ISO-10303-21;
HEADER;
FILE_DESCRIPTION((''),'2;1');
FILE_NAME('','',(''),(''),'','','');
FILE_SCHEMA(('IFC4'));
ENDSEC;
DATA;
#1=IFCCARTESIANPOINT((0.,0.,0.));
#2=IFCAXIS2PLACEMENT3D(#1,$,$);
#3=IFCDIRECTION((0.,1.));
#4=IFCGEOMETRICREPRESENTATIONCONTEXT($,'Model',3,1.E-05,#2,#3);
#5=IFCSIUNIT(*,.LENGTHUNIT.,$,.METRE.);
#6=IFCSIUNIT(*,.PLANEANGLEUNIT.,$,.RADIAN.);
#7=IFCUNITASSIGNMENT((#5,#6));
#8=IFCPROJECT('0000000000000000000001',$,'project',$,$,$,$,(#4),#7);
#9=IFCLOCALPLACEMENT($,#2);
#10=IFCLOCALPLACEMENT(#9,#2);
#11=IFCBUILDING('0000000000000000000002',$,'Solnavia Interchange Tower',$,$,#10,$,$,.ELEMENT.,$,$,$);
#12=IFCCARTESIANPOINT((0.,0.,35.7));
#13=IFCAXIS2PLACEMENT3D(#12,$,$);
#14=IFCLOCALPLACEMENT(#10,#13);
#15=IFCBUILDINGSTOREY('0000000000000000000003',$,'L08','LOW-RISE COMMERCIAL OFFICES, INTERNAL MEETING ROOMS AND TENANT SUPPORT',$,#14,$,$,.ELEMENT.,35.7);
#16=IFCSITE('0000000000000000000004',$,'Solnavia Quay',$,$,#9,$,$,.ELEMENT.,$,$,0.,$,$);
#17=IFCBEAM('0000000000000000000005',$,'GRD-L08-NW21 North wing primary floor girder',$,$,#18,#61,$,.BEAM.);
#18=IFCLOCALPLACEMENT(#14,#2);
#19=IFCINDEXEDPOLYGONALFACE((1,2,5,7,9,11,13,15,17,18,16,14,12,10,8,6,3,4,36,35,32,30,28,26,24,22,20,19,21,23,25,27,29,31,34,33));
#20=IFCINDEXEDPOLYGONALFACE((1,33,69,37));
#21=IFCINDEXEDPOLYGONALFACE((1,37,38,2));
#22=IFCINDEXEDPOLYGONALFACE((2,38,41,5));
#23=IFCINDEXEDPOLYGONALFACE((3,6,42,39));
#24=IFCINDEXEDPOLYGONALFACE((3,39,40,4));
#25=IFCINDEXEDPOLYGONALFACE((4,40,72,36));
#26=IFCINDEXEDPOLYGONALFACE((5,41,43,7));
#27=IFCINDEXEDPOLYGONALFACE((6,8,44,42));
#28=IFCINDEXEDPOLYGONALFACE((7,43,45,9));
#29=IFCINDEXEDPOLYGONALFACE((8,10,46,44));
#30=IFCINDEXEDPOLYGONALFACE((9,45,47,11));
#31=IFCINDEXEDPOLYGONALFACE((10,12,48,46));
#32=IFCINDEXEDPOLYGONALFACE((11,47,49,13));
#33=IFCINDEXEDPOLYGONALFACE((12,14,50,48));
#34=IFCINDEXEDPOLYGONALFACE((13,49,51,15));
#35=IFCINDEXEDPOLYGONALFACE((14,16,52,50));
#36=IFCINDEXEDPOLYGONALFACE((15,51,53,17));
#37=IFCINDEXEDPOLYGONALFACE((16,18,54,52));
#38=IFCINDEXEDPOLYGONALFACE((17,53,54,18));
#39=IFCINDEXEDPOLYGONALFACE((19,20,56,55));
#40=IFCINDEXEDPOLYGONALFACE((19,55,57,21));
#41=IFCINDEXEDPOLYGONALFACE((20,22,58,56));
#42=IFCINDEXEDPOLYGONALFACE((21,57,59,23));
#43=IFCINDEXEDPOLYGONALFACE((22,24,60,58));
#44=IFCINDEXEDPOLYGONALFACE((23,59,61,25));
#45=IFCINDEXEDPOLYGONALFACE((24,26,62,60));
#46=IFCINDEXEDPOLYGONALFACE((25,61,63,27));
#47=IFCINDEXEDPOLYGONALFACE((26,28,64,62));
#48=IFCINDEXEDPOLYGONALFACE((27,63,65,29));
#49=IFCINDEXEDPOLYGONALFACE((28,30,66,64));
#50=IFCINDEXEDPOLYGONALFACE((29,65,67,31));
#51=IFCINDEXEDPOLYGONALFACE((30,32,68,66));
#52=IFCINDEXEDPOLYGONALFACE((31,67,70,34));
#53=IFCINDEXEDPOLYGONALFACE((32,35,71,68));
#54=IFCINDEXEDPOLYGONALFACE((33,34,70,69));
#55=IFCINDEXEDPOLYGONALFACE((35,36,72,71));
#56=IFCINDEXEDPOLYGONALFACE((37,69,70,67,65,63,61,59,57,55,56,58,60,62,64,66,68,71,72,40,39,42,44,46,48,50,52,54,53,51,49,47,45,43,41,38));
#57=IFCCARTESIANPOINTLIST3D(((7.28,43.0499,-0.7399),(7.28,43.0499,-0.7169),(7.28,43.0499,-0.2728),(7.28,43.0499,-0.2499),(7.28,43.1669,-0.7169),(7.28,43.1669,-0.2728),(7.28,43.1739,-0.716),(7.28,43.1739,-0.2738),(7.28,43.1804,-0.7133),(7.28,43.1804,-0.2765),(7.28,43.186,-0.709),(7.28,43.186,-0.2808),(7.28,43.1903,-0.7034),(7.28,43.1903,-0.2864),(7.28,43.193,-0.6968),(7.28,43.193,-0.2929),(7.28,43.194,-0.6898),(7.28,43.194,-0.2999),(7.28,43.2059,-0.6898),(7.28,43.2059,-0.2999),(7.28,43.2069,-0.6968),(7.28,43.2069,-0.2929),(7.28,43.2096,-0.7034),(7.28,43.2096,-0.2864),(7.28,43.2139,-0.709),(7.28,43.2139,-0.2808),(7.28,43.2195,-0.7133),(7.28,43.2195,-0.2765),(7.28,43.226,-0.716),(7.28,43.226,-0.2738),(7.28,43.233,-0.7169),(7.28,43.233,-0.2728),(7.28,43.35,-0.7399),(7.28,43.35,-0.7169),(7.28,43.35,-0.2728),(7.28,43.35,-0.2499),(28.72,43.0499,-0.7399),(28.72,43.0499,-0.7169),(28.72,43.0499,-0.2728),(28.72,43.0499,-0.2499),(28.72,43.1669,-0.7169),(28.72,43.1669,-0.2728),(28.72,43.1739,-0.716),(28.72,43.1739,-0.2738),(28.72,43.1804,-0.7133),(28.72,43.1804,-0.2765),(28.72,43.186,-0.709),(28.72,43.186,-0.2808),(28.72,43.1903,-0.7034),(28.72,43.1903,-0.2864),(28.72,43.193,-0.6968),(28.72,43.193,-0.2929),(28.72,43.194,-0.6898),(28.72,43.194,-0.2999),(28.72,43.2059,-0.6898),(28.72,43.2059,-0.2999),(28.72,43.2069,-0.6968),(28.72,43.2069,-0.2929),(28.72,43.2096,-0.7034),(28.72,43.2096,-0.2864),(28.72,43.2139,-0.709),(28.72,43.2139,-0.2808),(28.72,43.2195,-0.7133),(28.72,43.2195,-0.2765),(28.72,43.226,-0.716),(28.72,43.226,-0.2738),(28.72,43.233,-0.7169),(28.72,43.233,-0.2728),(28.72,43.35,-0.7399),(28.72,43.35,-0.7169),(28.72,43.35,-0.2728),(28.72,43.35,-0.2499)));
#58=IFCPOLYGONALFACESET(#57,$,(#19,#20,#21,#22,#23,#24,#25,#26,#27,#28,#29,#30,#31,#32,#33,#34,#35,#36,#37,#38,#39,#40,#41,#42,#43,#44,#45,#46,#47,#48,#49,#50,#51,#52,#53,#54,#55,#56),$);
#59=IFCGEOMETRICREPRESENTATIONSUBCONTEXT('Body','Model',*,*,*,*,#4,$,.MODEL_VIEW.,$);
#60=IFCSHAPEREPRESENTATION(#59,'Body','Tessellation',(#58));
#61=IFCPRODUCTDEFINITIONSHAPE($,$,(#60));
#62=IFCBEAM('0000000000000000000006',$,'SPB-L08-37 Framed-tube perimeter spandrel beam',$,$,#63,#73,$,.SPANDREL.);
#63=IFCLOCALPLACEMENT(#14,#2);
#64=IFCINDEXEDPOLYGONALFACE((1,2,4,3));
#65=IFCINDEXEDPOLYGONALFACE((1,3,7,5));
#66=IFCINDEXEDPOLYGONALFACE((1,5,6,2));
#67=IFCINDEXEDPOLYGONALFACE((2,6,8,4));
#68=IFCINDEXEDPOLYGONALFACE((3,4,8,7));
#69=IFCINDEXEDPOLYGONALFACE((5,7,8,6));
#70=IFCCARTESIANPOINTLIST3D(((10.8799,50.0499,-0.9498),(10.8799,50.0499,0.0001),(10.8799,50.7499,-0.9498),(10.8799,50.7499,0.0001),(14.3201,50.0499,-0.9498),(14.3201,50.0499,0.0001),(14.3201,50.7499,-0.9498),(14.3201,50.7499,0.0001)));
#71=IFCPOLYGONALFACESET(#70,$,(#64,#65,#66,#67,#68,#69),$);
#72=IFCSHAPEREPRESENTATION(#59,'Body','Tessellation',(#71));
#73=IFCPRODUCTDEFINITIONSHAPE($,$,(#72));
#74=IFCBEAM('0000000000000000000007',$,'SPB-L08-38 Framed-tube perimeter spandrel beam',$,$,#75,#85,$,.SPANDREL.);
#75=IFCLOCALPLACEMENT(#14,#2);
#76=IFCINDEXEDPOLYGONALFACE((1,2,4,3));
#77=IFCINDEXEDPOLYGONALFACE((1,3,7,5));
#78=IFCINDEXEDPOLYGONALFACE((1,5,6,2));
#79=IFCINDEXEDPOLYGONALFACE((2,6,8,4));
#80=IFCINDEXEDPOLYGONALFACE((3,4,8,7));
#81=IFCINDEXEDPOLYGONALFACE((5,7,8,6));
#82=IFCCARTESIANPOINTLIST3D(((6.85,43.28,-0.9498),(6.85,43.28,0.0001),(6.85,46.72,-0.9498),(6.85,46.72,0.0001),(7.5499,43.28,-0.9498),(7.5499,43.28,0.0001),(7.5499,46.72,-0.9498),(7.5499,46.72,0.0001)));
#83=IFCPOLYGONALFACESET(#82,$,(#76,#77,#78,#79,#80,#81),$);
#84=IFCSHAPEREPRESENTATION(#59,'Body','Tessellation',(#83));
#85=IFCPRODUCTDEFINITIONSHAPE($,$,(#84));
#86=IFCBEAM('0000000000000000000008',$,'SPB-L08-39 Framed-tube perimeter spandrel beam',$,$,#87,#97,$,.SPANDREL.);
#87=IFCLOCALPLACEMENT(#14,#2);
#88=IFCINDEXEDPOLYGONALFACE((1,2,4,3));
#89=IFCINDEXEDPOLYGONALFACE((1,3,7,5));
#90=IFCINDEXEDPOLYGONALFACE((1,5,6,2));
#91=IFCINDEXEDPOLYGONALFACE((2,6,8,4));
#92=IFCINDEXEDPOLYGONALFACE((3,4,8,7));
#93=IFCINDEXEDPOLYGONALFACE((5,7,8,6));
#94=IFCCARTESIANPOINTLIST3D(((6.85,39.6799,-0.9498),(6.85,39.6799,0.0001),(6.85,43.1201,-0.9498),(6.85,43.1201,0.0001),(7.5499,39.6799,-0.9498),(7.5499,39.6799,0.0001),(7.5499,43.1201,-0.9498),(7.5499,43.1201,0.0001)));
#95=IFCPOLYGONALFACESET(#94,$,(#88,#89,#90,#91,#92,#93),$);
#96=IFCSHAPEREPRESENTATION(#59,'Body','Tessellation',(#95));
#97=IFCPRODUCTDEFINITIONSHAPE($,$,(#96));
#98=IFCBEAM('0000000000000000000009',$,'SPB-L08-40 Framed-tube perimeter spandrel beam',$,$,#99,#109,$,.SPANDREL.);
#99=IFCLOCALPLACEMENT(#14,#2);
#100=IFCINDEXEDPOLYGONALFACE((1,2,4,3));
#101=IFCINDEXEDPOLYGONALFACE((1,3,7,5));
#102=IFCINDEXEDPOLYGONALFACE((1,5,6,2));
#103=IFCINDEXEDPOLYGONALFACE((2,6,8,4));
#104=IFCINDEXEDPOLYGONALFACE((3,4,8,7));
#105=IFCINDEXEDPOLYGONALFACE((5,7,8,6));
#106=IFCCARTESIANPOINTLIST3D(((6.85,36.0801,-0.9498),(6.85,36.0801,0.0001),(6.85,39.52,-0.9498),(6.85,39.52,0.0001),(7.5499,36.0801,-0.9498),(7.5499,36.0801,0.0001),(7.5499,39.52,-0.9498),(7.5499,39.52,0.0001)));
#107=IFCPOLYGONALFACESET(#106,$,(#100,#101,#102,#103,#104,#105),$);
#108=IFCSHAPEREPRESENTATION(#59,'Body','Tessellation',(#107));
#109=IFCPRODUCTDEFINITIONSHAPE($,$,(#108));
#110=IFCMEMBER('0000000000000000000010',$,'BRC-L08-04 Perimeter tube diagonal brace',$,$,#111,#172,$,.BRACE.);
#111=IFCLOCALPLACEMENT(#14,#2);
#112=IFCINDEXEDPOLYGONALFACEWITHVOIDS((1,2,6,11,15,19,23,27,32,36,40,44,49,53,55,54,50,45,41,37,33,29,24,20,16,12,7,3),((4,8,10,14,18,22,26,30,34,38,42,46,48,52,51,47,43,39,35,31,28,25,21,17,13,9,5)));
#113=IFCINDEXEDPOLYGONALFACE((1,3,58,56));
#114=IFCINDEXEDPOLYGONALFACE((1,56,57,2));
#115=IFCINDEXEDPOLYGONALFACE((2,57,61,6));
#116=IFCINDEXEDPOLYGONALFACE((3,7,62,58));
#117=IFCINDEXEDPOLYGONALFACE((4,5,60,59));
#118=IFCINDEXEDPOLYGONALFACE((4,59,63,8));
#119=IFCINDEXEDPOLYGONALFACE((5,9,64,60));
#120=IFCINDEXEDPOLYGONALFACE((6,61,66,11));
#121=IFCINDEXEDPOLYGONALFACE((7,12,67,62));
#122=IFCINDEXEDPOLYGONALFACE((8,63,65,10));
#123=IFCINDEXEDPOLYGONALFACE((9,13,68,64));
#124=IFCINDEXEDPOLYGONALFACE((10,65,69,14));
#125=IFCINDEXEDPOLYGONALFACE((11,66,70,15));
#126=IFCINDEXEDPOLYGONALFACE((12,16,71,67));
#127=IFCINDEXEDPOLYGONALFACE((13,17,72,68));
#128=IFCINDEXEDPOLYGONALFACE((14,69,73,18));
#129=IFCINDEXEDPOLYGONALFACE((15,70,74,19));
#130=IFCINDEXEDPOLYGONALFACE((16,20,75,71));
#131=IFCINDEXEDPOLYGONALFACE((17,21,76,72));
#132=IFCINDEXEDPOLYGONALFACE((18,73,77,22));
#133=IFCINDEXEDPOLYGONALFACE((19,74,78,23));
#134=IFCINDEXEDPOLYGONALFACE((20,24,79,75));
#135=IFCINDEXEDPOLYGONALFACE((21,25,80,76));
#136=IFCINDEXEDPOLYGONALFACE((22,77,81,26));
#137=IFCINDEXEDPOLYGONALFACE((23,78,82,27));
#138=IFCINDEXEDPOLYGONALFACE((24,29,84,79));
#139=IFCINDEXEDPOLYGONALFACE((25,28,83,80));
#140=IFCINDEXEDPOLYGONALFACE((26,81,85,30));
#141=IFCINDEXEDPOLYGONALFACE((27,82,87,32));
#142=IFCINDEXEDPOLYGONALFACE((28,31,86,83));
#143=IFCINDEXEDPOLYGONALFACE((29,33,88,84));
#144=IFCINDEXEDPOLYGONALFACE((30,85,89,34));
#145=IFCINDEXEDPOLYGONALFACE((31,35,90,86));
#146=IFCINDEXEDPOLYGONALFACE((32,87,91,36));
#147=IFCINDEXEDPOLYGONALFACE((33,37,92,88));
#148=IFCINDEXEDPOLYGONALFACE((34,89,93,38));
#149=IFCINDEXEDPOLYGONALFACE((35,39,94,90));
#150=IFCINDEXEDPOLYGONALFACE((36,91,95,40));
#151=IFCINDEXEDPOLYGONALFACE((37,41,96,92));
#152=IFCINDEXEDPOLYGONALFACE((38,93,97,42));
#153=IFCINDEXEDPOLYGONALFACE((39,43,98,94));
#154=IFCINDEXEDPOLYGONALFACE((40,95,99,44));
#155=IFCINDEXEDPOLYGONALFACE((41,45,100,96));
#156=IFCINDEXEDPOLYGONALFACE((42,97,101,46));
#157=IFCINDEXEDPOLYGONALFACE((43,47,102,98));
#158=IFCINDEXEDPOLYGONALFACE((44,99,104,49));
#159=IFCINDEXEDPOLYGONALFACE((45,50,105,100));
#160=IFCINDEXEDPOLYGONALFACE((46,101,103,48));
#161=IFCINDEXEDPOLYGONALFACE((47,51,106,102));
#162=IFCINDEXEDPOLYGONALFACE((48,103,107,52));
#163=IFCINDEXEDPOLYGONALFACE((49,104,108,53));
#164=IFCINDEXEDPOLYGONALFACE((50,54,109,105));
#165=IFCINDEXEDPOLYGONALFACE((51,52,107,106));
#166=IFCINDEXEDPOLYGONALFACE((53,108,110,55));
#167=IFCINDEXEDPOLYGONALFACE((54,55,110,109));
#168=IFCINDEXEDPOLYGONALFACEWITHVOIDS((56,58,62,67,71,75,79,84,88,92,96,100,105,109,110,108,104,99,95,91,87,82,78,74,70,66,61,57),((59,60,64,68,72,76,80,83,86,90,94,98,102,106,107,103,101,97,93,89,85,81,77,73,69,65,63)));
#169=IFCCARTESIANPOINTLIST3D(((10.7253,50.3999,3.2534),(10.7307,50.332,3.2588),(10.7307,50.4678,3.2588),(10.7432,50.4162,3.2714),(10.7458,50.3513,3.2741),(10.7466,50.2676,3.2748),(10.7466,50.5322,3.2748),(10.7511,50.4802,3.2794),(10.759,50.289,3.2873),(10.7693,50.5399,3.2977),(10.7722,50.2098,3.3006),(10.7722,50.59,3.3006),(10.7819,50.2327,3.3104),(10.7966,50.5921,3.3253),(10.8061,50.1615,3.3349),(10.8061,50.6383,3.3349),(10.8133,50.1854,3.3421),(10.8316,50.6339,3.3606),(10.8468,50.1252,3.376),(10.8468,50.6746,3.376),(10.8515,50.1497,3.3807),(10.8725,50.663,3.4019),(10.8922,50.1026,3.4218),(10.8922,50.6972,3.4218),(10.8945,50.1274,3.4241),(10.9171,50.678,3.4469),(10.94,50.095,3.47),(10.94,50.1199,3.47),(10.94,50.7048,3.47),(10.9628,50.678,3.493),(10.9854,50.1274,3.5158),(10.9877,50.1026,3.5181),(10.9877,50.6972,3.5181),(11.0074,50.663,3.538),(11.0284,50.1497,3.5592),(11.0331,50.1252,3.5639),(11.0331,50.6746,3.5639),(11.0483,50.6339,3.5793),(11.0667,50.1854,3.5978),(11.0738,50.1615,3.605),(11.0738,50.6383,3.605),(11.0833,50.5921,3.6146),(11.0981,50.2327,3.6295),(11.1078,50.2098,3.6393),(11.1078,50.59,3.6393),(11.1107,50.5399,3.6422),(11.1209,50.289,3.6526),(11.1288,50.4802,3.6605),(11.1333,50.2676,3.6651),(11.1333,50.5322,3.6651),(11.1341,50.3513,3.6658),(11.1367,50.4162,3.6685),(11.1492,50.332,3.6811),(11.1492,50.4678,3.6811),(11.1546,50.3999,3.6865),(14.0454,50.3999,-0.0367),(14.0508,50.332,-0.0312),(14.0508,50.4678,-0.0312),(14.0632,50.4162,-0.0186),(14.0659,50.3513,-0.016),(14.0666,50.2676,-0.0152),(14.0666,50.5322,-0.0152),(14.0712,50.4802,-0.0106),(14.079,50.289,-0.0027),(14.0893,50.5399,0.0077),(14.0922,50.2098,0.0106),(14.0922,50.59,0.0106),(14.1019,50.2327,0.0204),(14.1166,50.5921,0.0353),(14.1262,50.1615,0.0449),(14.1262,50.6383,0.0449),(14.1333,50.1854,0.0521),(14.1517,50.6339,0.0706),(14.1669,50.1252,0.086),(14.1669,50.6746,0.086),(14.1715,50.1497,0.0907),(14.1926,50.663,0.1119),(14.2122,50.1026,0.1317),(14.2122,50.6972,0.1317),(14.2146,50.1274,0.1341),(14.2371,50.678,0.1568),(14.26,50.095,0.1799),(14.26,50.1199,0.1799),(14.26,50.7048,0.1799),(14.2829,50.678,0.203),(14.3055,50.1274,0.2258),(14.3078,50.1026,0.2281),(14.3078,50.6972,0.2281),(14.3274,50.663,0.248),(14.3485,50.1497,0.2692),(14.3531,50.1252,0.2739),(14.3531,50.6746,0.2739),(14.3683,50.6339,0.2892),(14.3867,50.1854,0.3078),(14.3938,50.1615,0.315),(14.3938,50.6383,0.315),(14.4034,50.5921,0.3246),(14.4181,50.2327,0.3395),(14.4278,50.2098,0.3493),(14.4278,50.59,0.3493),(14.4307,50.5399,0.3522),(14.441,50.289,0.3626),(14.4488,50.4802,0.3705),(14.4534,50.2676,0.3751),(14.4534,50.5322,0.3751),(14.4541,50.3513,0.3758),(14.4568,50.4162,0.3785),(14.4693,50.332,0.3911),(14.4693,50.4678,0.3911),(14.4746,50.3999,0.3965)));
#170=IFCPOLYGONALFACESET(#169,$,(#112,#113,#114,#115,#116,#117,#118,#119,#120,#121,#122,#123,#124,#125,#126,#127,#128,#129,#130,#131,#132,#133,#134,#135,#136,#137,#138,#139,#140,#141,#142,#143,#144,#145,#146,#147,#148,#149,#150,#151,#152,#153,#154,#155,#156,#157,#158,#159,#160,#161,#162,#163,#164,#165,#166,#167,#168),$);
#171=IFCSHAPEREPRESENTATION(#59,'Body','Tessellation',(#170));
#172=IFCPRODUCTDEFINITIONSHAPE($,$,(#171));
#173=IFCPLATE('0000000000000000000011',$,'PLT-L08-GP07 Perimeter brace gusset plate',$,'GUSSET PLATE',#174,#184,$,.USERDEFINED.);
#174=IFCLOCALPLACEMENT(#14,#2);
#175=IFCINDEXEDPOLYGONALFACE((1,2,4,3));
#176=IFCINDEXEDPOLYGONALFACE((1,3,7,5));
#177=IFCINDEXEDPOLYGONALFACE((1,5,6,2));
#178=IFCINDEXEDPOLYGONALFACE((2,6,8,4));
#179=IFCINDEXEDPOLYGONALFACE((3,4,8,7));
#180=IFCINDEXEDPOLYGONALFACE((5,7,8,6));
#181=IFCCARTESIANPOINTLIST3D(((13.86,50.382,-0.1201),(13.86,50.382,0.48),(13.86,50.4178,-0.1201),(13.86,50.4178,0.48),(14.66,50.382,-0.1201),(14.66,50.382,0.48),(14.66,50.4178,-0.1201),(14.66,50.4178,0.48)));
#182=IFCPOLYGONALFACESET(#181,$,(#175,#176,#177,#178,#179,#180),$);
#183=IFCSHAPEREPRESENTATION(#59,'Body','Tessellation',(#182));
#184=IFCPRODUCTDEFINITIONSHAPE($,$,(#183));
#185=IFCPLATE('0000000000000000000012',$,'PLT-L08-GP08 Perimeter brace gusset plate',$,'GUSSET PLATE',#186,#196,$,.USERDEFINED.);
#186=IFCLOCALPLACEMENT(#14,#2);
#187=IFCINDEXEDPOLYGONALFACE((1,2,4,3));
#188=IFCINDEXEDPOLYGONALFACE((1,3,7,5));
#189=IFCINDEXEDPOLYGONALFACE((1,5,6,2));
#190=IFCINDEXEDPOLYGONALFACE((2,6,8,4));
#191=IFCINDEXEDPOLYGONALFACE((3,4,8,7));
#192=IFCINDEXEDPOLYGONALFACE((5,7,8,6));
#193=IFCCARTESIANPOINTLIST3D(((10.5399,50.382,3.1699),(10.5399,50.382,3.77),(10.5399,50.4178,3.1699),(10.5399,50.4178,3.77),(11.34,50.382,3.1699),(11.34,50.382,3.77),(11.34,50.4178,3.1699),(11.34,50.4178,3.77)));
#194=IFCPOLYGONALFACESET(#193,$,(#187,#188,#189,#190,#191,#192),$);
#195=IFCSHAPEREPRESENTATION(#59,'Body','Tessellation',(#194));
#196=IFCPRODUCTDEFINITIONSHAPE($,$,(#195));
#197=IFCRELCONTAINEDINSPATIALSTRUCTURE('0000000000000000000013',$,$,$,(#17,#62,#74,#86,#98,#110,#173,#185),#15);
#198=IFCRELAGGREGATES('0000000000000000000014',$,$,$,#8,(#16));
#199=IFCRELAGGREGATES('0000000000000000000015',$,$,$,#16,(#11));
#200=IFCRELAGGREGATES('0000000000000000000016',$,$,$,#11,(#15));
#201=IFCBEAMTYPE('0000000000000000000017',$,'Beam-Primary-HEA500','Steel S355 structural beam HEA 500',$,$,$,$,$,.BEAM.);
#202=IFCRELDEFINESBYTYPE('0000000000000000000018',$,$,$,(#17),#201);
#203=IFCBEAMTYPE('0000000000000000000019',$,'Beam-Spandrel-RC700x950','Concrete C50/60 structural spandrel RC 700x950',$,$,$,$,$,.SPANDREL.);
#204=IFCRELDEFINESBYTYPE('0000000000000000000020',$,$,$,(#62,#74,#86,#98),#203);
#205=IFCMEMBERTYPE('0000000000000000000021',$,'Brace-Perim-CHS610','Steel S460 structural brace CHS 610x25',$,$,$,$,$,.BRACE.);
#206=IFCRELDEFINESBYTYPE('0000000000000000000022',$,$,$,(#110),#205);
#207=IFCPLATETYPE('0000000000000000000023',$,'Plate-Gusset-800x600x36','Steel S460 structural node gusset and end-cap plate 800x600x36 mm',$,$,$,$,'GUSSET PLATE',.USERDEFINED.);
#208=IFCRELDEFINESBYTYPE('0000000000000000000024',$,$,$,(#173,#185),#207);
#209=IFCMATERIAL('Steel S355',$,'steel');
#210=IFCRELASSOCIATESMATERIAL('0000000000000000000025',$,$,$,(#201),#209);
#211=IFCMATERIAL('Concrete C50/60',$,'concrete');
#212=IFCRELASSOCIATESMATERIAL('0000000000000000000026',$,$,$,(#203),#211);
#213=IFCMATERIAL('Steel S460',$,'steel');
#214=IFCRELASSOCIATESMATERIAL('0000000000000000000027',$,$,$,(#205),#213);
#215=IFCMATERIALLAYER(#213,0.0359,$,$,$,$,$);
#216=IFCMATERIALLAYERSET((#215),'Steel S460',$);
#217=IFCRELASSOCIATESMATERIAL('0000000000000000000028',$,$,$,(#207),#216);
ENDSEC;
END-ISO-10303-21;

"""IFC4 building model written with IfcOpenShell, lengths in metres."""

from ifc_helpers import new_model, si_unit, direction, frame, origin, origin_2d, place, context, subcontext, project, spatial, rectangle, hollow_circle, i_section, extrude, material, layer, layer_set, material_profile, profile_set, type_object, element, save


model = new_model("IFC4")

# Units and contexts
model_context = context("Model", 3, precision=1e-05, world=origin(), true_north=direction((0.0, 1.0)))
body_context = subcontext(model_context, "Body", "Model", "MODEL_VIEW")
ifc_project = project(units=[si_unit("LENGTHUNIT", "METRE"), si_unit("PLANEANGLEUNIT", "RADIAN")], contexts=[model_context])

# Site, building, storey
site_placement = place(None, origin())
site = spatial("IfcSite", under=ifc_project, at=site_placement, Name="Solnavia Quay", CompositionType="ELEMENT", RefElevation=0.0)
building_placement = place(site_placement, origin())
building = spatial("IfcBuilding", under=site, at=building_placement, Name="Solnavia Interchange Tower", CompositionType="ELEMENT")
storey_placement = place(building_placement, frame((0.0, 0.0, 35.7)))
storey = spatial("IfcBuildingStorey", under=building, at=storey_placement, Name="L08", Description="LOW-RISE COMMERCIAL OFFICES, INTERNAL MEETING ROOMS AND TENANT SUPPORT", CompositionType="ELEMENT", Elevation=35.7)

# Beams
ifc_material_1 = material(Name="Steel S460", Category="steel")
ifc_material_2 = material(Name="Steel S355", Category="steel")
ifc_material_profile_1 = material_profile(ifc_material_2, i_section(OverallWidth=0.3, OverallDepth=0.49, WebThickness=0.012, FlangeThickness=0.0229, FilletRadius=0.0271, at=origin_2d()), Name="HEA 500")
ifc_profile_set_1 = profile_set([ifc_material_profile_1], Name="Steel S355")
beam_type_1 = type_object("IfcBeamType", Name="Beam-Primary-HEA500", Description="Steel S355 structural beam HEA 500", PredefinedType="BEAM", material=ifc_profile_set_1)
beam_1_placement = place(storey_placement, frame((7.28, 43.2, -0.4949), z_axis=(1.0, 0.0, 0.0), x_axis=(0.0, 1.0, 0.0)))
element("IfcBeam", 1, at=beam_1_placement, inside=storey, type_object=beam_type_1, Name="GRD-L08-NW21 North wing primary floor girder", PredefinedType="BEAM", context=body_context, shape_type="SweptSolid", body=[
    extrude(i_section(OverallWidth=0.3, OverallDepth=0.49, WebThickness=0.012, FlangeThickness=0.0229, FilletRadius=0.0271, at=origin_2d()), origin(), (0.0, 0.0, 1.0), 21.4399),
])
ifc_material_3 = material(Name="Concrete C50/60", Category="concrete")
ifc_material_profile_2 = material_profile(ifc_material_3, rectangle(XDim=0.7, YDim=0.95, at=origin_2d()), Name="RC 700x950")
ifc_profile_set_2 = profile_set([ifc_material_profile_2], Name="Concrete C50/60")
beam_type_2 = type_object("IfcBeamType", Name="Beam-Spandrel-RC700x950", Description="Concrete C50/60 structural spandrel RC 700x950", PredefinedType="SPANDREL", material=ifc_profile_set_2)
beam_2_placement = place(storey_placement, frame((14.3201, 50.3999, -0.4749), z_axis=(-1.0, 0.0, 0.0), x_axis=(0.0, -1.0, 0.0)))
element("IfcBeam", 2, at=beam_2_placement, inside=storey, type_object=beam_type_2, Name="SPB-L08-37 Framed-tube perimeter spandrel beam", PredefinedType="SPANDREL", context=body_context, shape_type="SweptSolid", body=[
    extrude(rectangle(XDim=0.7, YDim=0.95, at=origin_2d()), origin(), (0.0, 0.0, 1.0), 3.4402),
])
beam_3_placement = place(storey_placement, frame((7.2, 46.72, -0.4749), z_axis=(0.0, -1.0, 0.0), x_axis=(1.0, 0.0, 0.0)))
element("IfcBeam", 3, at=beam_3_placement, inside=storey, type_object=beam_type_2, Name="SPB-L08-38 Framed-tube perimeter spandrel beam", PredefinedType="SPANDREL", context=body_context, shape_type="SweptSolid", body=[
    extrude(rectangle(XDim=0.7, YDim=0.95, at=origin_2d()), origin(), (0.0, 0.0, 1.0), 3.4399),
])
beam_4_placement = place(storey_placement, frame((7.2, 43.1201, -0.4749), z_axis=(0.0, -1.0, 0.0), x_axis=(1.0, 0.0, 0.0)))
element("IfcBeam", 4, at=beam_4_placement, inside=storey, type_object=beam_type_2, Name="SPB-L08-39 Framed-tube perimeter spandrel beam", PredefinedType="SPANDREL", context=body_context, shape_type="SweptSolid", body=[
    extrude(rectangle(XDim=0.7, YDim=0.95, at=origin_2d()), origin(), (0.0, 0.0, 1.0), 3.4402),
])
beam_5_placement = place(storey_placement, frame((7.2, 39.52, -0.4749), z_axis=(0.0, -1.0, 0.0), x_axis=(1.0, 0.0, 0.0)))
element("IfcBeam", 5, at=beam_5_placement, inside=storey, type_object=beam_type_2, Name="SPB-L08-40 Framed-tube perimeter spandrel beam", PredefinedType="SPANDREL", context=body_context, shape_type="SweptSolid", body=[
    extrude(rectangle(XDim=0.7, YDim=0.95, at=origin_2d()), origin(), (0.0, 0.0, 1.0), 3.4399),
])

# Member
ifc_material_profile_3 = material_profile(ifc_material_1, hollow_circle(Radius=0.3049, WallThickness=0.0249, at=origin_2d()), Name="CHS 610x25")
ifc_profile_set_3 = profile_set([ifc_material_profile_3], Name="Steel S460")
member_type = type_object("IfcMemberType", Name="Brace-Perim-CHS610", Description="Steel S460 structural brace CHS 610x25", PredefinedType="BRACE", material=ifc_profile_set_3)
member_placement = place(storey_placement, frame((14.26, 50.3999, 0.1799), z_axis=(-0.710312, 0.0, 0.703887), x_axis=(0.0, -1.0, 0.0)))
element("IfcMember", 6, at=member_placement, inside=storey, type_object=member_type, Name="BRC-L08-04 Perimeter tube diagonal brace", PredefinedType="BRACE", context=body_context, shape_type="SweptSolid", body=[
    extrude(hollow_circle(Radius=0.3049, WallThickness=0.0249, at=origin_2d()), origin(), (0.0, 0.0, 1.0), 4.6741),
])

# Plates
ifc_layer_1 = layer(ifc_material_1, 0.0359)
ifc_layer_set_1 = layer_set([ifc_layer_1], Name="Steel S460")
plate_type = type_object("IfcPlateType", Name="Plate-Gusset-800x600x36", Description="Steel S460 structural node gusset and end-cap plate 800x600x36 mm", ElementType="GUSSET PLATE", PredefinedType="USERDEFINED", material=ifc_layer_set_1)
for number, where, z_axis, x_axis, name in (
    (7, (14.26, 50.3999, -0.1201), (0.0, 0.0, 1.0), (-1.0, 0.0, 0.0), "PLT-L08-GP07 Perimeter brace gusset plate"),
    (8, (10.9399, 50.3999, 3.1699), (0.0, 0.0, 1.0), (-1.0, 0.0, 0.0), "PLT-L08-GP08 Perimeter brace gusset plate"),
):
    element("IfcPlate", number, at=place(storey_placement, frame(where, z_axis=z_axis, x_axis=x_axis)), inside=storey, type_object=plate_type, Name=name, ObjectType="GUSSET PLATE", PredefinedType="USERDEFINED", context=body_context, shape_type="SweptSolid", body=[
        extrude(rectangle(XDim=0.8, YDim=0.0359, at=origin_2d()), origin(), (0.0, 0.0, 1.0), 0.6001),
    ])

save(model, "model.ifc")
